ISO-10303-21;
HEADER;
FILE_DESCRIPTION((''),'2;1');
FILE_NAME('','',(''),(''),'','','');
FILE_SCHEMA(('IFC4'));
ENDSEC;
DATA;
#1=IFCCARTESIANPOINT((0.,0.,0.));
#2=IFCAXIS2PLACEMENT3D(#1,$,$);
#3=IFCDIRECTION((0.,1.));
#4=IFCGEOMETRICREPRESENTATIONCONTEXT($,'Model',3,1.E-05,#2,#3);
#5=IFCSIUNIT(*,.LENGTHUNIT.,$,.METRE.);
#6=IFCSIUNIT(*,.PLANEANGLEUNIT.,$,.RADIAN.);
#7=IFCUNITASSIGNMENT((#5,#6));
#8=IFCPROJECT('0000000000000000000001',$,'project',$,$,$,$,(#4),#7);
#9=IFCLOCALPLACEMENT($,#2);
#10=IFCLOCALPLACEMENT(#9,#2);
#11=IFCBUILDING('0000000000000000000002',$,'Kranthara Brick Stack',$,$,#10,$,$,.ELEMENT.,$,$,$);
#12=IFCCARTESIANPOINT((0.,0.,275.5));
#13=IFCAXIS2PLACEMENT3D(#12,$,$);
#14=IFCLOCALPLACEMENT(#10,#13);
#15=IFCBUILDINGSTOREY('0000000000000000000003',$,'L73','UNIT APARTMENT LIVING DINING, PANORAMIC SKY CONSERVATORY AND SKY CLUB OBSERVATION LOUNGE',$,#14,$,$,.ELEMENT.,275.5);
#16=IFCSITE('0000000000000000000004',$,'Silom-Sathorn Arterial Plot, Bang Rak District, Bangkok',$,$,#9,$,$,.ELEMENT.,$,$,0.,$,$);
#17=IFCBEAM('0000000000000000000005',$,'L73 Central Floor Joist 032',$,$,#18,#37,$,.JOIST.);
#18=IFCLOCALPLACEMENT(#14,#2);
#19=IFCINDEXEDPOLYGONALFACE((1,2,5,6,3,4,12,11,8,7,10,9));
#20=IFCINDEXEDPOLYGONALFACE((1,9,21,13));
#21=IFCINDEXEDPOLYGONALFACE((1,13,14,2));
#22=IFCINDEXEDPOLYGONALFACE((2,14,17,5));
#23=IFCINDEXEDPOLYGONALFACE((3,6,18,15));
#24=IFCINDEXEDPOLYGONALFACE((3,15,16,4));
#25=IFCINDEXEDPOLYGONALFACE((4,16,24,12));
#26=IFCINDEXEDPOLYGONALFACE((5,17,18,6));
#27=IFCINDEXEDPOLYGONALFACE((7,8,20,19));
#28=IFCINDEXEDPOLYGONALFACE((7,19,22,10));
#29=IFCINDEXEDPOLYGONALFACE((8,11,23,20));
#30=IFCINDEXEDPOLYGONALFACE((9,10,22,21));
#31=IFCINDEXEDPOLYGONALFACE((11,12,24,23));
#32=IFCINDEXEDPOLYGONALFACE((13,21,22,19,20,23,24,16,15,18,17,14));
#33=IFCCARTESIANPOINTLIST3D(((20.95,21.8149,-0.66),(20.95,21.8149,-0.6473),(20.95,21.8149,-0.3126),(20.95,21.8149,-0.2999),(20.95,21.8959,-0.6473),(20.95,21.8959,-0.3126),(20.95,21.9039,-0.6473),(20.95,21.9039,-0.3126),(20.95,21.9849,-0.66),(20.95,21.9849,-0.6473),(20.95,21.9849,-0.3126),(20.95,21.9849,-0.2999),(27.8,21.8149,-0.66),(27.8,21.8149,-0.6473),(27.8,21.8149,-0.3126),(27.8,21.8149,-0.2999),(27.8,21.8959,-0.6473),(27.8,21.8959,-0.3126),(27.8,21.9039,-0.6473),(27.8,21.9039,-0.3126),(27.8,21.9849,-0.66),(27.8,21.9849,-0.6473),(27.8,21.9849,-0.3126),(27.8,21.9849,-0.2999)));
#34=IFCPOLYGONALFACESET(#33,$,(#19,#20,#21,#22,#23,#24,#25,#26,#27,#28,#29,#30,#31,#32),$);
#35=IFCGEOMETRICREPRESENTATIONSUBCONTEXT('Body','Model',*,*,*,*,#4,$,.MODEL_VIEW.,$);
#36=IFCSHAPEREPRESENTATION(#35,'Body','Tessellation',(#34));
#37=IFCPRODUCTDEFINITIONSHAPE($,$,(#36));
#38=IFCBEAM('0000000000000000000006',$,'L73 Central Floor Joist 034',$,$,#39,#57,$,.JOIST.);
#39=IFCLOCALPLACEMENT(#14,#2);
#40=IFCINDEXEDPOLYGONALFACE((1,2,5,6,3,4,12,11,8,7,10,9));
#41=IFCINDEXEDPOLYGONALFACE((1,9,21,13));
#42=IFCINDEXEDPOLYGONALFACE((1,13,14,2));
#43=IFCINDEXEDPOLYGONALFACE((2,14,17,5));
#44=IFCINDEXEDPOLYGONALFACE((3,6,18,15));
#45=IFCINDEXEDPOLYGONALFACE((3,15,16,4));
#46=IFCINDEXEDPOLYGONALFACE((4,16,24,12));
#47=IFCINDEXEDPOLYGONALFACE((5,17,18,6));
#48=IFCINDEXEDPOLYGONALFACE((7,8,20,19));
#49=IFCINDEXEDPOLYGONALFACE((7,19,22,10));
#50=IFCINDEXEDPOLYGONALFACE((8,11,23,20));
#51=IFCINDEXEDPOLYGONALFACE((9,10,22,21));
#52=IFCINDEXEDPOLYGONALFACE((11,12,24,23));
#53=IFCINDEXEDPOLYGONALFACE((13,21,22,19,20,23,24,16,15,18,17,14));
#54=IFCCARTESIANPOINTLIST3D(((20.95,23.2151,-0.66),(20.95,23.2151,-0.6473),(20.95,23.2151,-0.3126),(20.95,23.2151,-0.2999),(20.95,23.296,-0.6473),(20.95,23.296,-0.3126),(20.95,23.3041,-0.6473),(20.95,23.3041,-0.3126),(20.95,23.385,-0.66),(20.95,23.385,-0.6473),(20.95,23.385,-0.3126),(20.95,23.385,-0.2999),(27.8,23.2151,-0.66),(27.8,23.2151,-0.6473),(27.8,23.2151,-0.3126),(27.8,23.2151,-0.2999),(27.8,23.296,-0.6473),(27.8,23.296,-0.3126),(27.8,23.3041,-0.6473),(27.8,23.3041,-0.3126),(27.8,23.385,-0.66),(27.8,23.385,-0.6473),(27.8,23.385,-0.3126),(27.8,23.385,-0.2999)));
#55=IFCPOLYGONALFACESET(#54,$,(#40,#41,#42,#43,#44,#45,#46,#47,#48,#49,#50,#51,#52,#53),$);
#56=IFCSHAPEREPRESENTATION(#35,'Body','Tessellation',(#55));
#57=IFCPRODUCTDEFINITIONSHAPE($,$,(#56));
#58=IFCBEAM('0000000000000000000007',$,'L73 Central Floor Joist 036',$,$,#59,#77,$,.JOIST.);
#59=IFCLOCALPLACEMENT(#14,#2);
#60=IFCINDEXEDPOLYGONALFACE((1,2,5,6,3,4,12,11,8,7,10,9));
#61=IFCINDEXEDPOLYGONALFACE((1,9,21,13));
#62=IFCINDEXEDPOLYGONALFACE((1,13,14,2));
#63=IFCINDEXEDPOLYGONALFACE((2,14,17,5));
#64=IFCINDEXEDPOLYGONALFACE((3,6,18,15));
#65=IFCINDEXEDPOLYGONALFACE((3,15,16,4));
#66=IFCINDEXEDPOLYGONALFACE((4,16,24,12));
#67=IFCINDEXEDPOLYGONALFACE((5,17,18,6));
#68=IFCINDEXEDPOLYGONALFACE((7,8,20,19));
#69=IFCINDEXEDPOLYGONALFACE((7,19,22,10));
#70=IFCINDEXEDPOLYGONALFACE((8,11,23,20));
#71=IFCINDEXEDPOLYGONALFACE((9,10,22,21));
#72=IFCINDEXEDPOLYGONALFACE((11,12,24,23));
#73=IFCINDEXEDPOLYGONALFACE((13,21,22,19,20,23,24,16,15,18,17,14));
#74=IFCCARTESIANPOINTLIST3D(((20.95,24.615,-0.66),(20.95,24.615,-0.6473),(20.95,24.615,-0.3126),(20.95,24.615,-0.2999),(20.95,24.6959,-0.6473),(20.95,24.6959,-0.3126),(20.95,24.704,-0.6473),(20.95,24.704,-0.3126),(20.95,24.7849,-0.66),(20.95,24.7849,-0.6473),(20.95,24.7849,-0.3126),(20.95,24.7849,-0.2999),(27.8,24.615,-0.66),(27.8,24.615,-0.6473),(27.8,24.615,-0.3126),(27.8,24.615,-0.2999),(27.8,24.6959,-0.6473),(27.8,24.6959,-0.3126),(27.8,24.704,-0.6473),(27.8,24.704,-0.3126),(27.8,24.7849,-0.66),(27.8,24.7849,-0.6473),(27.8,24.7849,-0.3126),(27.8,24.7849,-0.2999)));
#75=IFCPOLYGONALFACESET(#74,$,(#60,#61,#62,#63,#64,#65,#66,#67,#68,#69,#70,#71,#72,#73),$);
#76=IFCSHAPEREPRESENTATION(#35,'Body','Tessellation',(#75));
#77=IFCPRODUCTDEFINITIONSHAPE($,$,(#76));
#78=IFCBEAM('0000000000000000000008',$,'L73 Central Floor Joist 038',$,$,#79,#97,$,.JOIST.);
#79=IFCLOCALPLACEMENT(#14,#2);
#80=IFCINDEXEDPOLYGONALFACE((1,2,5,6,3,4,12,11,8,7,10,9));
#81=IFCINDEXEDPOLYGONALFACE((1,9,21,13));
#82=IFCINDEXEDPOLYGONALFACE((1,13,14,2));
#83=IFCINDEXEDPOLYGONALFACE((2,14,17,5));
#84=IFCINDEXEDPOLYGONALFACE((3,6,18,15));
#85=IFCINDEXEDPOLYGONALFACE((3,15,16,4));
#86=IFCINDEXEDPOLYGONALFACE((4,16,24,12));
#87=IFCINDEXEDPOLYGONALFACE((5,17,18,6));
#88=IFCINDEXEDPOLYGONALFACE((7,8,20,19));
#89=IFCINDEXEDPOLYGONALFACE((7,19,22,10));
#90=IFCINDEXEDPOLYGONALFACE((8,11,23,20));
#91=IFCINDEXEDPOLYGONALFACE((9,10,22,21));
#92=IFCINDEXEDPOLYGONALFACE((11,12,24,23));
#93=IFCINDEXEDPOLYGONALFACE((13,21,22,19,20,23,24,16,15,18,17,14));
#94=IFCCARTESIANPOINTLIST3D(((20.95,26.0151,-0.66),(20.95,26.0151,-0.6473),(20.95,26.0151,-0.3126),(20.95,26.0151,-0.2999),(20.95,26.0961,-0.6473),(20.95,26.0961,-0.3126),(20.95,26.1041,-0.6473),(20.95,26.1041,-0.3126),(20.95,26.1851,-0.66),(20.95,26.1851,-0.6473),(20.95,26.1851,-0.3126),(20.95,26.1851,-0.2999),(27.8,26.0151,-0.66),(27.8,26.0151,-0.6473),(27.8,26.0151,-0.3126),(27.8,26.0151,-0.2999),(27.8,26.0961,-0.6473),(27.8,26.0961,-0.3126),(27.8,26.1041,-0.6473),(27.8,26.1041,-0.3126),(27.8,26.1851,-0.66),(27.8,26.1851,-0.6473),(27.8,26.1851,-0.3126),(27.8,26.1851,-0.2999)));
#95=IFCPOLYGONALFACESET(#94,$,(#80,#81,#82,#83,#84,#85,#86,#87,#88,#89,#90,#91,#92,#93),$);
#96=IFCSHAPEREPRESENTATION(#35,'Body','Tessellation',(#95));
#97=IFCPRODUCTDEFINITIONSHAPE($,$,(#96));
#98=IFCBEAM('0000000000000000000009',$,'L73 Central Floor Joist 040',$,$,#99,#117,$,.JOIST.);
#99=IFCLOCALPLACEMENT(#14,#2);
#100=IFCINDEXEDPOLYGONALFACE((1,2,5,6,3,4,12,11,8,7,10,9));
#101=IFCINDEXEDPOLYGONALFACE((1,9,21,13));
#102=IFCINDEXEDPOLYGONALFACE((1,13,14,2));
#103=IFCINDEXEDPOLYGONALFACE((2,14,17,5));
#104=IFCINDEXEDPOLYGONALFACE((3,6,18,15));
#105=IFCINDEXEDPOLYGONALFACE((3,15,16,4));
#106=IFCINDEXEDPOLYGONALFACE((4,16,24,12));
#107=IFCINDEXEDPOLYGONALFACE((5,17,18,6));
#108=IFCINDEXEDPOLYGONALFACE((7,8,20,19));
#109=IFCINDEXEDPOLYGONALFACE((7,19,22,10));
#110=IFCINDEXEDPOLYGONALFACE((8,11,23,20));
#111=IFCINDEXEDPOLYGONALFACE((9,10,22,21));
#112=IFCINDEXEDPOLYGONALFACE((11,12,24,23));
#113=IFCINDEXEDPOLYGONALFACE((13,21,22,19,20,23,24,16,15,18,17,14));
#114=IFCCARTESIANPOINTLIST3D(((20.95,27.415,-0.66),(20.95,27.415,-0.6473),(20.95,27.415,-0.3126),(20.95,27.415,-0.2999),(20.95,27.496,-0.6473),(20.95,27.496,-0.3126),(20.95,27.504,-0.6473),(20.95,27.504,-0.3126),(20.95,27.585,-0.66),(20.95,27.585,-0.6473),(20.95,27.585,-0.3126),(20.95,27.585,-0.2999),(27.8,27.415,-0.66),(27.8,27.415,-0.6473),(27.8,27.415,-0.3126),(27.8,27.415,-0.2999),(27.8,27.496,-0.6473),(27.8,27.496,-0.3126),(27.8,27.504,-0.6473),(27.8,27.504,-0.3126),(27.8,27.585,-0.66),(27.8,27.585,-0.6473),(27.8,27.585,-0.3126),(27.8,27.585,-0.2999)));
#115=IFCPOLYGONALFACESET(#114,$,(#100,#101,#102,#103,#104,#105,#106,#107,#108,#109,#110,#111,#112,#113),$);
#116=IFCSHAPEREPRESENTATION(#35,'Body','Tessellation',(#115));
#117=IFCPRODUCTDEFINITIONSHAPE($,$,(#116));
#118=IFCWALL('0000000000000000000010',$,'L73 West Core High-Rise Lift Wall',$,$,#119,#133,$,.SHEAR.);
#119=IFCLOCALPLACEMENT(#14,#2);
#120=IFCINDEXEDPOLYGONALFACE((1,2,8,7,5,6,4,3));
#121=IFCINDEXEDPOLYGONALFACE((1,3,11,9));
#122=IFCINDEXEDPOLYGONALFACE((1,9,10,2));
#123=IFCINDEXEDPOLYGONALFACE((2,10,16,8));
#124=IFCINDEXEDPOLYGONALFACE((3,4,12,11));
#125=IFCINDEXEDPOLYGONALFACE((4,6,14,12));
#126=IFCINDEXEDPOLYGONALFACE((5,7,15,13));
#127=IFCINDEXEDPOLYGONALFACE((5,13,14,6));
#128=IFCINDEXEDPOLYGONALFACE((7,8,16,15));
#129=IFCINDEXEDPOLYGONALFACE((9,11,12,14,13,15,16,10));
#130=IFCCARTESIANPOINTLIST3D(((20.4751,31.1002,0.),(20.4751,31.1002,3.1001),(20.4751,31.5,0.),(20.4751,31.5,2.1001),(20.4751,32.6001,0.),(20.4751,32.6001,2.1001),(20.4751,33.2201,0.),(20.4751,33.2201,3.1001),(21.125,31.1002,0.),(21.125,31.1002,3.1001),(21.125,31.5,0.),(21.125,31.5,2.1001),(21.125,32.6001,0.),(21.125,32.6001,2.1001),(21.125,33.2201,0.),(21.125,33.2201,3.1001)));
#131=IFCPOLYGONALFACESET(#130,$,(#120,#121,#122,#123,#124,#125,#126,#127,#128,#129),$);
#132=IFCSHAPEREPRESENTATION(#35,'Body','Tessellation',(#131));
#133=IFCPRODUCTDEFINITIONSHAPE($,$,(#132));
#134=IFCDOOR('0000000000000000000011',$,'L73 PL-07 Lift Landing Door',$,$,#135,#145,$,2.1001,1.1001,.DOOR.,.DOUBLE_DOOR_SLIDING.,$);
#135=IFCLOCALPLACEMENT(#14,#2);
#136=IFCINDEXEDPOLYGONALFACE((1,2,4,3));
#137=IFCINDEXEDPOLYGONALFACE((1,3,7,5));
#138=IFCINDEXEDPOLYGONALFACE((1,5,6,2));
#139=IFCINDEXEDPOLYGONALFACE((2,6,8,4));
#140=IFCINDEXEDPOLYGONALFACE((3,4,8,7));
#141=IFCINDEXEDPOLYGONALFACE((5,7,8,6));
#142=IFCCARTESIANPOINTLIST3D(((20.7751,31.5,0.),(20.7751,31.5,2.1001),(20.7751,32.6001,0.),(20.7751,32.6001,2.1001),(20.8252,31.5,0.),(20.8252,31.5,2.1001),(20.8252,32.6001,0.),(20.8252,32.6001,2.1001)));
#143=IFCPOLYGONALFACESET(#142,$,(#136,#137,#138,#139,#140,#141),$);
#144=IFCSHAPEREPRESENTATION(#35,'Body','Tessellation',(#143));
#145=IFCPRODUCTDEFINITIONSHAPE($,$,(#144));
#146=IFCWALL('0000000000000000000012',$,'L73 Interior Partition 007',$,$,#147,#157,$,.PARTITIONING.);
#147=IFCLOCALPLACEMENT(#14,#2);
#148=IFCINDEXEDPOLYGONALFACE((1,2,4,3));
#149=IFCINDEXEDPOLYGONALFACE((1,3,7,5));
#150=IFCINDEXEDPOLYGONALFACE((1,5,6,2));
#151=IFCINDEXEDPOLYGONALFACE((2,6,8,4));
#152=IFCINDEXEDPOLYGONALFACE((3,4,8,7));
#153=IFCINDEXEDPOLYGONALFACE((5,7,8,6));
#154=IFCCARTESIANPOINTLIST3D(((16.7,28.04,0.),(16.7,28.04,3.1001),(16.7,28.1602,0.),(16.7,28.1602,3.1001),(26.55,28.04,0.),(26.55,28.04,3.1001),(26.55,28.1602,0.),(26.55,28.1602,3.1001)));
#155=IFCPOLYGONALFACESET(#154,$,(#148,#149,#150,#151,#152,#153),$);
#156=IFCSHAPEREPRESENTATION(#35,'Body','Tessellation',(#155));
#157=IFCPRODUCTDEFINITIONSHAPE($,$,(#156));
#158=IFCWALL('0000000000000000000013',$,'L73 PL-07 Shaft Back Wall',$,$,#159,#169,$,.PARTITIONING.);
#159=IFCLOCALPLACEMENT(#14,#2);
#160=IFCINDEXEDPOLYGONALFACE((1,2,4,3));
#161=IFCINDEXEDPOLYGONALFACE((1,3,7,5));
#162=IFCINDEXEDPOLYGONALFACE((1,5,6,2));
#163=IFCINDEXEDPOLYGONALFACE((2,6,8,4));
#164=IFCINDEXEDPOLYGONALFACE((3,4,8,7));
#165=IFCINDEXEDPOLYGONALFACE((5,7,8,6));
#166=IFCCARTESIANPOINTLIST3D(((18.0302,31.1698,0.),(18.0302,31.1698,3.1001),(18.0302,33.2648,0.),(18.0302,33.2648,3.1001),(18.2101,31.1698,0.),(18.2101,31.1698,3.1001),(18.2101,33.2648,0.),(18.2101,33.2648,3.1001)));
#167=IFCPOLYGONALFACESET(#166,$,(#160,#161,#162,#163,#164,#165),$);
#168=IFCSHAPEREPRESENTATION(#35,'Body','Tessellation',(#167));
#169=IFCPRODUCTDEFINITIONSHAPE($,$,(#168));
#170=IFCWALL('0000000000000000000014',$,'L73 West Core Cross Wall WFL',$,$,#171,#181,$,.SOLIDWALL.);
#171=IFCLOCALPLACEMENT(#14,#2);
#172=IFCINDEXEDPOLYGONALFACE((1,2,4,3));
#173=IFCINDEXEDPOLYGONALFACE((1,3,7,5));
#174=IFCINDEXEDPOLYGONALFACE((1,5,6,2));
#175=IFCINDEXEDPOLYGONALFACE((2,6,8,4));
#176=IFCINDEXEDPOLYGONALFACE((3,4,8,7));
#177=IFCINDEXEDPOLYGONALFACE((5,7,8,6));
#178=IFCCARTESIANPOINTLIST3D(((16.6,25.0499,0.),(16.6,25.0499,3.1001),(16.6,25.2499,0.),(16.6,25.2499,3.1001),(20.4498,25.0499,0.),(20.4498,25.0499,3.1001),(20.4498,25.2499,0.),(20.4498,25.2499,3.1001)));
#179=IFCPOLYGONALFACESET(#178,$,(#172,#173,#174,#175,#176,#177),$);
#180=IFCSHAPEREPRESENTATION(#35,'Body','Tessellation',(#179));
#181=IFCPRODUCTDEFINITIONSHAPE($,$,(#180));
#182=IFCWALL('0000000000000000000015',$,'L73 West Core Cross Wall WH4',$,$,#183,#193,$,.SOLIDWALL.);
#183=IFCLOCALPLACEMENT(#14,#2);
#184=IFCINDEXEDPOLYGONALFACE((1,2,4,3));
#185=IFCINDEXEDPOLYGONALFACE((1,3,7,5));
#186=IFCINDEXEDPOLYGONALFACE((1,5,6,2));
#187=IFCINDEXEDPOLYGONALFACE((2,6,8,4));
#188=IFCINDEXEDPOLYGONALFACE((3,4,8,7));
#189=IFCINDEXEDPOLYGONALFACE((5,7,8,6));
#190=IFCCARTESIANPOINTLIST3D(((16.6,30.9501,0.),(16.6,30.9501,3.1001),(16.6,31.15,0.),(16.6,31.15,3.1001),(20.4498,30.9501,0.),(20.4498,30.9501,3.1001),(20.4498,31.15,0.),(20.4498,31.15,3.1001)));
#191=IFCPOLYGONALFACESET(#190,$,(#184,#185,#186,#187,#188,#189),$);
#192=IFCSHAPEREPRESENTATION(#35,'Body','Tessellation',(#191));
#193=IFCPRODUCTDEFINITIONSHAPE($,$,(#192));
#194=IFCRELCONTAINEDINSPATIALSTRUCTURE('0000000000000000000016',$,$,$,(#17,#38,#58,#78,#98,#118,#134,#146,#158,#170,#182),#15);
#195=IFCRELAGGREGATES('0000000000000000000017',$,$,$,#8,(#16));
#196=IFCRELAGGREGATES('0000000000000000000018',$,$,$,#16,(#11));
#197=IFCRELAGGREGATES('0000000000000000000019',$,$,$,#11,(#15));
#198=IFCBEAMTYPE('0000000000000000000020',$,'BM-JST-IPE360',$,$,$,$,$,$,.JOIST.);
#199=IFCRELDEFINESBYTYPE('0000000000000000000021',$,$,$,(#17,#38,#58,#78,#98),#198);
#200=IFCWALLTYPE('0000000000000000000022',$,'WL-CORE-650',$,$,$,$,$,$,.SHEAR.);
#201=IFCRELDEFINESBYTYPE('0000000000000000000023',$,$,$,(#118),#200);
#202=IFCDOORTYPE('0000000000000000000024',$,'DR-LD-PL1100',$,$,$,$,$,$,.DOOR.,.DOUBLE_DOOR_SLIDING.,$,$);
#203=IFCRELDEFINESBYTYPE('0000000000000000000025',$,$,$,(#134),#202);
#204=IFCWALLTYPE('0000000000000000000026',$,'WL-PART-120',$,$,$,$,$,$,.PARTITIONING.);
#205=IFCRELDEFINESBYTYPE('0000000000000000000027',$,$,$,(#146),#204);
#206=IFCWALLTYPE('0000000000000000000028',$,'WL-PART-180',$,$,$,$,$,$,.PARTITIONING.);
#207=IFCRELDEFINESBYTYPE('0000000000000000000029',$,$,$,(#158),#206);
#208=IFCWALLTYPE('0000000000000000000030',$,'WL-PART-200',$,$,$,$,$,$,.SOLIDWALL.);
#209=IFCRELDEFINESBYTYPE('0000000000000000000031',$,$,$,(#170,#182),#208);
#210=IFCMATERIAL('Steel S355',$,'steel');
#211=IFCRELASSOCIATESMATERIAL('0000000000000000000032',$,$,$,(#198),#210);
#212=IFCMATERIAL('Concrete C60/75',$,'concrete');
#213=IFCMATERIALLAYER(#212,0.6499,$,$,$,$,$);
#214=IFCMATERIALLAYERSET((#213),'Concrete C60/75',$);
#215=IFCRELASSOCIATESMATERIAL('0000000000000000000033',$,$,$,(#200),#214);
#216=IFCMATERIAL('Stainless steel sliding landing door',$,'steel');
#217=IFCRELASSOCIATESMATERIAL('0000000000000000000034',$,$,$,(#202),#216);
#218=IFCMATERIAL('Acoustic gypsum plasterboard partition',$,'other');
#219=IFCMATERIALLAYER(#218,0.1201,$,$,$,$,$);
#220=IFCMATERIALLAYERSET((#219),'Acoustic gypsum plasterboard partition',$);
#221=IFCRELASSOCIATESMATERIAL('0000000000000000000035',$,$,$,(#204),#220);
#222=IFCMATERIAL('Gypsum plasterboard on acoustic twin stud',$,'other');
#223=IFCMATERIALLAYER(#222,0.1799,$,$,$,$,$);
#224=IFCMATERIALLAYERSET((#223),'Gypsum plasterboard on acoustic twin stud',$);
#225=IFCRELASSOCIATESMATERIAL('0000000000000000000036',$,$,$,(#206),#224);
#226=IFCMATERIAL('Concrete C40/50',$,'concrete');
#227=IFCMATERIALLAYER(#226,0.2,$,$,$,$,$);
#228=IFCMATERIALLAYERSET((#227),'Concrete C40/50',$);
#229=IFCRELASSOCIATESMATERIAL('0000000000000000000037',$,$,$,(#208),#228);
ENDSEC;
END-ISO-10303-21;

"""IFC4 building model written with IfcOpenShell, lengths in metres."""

from ifc_helpers import new_model, si_unit, direction, frame, frame_2d, origin, origin_2d, place, context, subcontext, project, spatial, rectangle, i_section, extrude, material, layer, layer_set, material_profile, profile_set, type_object, element, fill, save


model = new_model("IFC4")

# Units and contexts
model_context = context("Model", 3, precision=1e-05, world=origin(), true_north=direction((0.0, 1.0)))
body_context = subcontext(model_context, "Body", "Model", "MODEL_VIEW")
ifc_project = project(units=[si_unit("LENGTHUNIT", "METRE"), si_unit("PLANEANGLEUNIT", "RADIAN")], contexts=[model_context])

# Site, building, storey
site_placement = place(None, origin())
site = spatial("IfcSite", under=ifc_project, at=site_placement, Name="Silom-Sathorn Arterial Plot, Bang Rak District, Bangkok", CompositionType="ELEMENT", RefElevation=0.0)
building_placement = place(site_placement, origin())
building = spatial("IfcBuilding", under=site, at=building_placement, Name="Kranthara Brick Stack", CompositionType="ELEMENT")
storey_placement = place(building_placement, frame((0.0, 0.0, 275.5)))
storey = spatial("IfcBuildingStorey", under=building, at=storey_placement, Name="L73", Description="UNIT APARTMENT LIVING DINING, PANORAMIC SKY CONSERVATORY AND SKY CLUB OBSERVATION LOUNGE", CompositionType="ELEMENT", Elevation=275.5)

# Beams
ifc_material_1 = material(Name="Steel S355", Category="steel")
ifc_material_profile = material_profile(ifc_material_1, i_section(OverallWidth=0.1699, OverallDepth=0.3601, WebThickness=0.0081, FlangeThickness=0.0127, at=origin_2d()), Name="IPE 360")
ifc_profile_set = profile_set([ifc_material_profile], Name="Steel S355")
beam_type = type_object("IfcBeamType", Name="BM-JST-IPE360", PredefinedType="JOIST", material=ifc_profile_set)
for number, where, z_axis, x_axis, name in (
    (1, (20.95, 21.8999, -0.48), (1.0, 0.0, 0.0), (0.0, 1.0, 0.0), "L73 Central Floor Joist 032"),
    (2, (20.95, 23.3, -0.48), (1.0, 0.0, 0.0), (0.0, 1.0, 0.0), "L73 Central Floor Joist 034"),
    (3, (20.95, 24.7, -0.48), (1.0, 0.0, 0.0), (0.0, 1.0, 0.0), "L73 Central Floor Joist 036"),
    (4, (20.95, 26.1001, -0.48), (1.0, 0.0, 0.0), (0.0, 1.0, 0.0), "L73 Central Floor Joist 038"),
    (5, (20.95, 27.5, -0.48), (1.0, 0.0, 0.0), (0.0, 1.0, 0.0), "L73 Central Floor Joist 040"),
):
    element("IfcBeam", number, at=place(storey_placement, frame(where, z_axis=z_axis, x_axis=x_axis)), inside=storey, type_object=beam_type, Name=name, PredefinedType="JOIST", context=body_context, shape_type="SweptSolid", body=[
        extrude(i_section(OverallWidth=0.1699, OverallDepth=0.3601, WebThickness=0.0081, FlangeThickness=0.0127, at=origin_2d()), origin(), (0.0, 0.0, 1.0), 6.8501),
    ])

# Wall, opening, door
ifc_material_2 = material(Name="Concrete C60/75", Category="concrete")
ifc_layer_1 = layer(ifc_material_2, 0.6499)
ifc_layer_set_1 = layer_set([ifc_layer_1], Name="Concrete C60/75")
wall_type_1 = type_object("IfcWallType", Name="WL-CORE-650", PredefinedType="SHEAR", material=ifc_layer_set_1)
wall_1_placement = place(storey_placement, frame((20.8, 31.1001, 0.0), z_axis=(0.0, 0.0, 1.0), x_axis=(0.0, 1.0, 0.0)))
wall_1 = element("IfcWall", 6, at=wall_1_placement, inside=storey, type_object=wall_type_1, Name="L73 West Core High-Rise Lift Wall", PredefinedType="SHEAR", context=body_context, shape_type="SweptSolid", body=[
    extrude(rectangle(XDim=2.1199, YDim=0.6499, at=frame_2d((1.0601, 0.0))), origin(), (0.0, 0.0, 1.0), 3.1001),
])
opening_1_placement = place(wall_1_placement, frame((0.3999, 0.0, 0.0)))
opening_1 = element("IfcOpeningElement", 7, at=opening_1_placement, cuts=wall_1, PredefinedType="OPENING", context=body_context, shape_type="SweptSolid", body=[
    extrude(rectangle(XDim=1.1001, YDim=2.1001, at=frame_2d((0.55, 1.05))), frame((0.0, 0.335, 0.0), z_axis=(0.0, -1.0, 0.0), x_axis=(1.0, 0.0, 0.0)), (0.0, 0.0, 1.0), 0.6699),
])
ifc_material_3 = material(Name="Stainless steel sliding landing door", Category="steel")
door_type_1 = type_object("IfcDoorType", Name="DR-LD-PL1100", OperationType="DOUBLE_DOOR_SLIDING", PredefinedType="DOOR", material=ifc_material_3)
door_1_placement = place(opening_1_placement, origin())
door_1 = element("IfcDoor", 8, at=door_1_placement, inside=storey, type_object=door_type_1, Name="L73 PL-07 Lift Landing Door", OperationType="DOUBLE_DOOR_SLIDING", OverallHeight=2.1001, OverallWidth=1.1001, PredefinedType="DOOR", context=body_context, shape_type="SweptSolid", body=[
    extrude(rectangle(XDim=1.1001, YDim=2.1001, at=frame_2d((0.55, 1.05))), frame((0.0, 0.0249, 0.0), z_axis=(0.0, -1.0, 0.0), x_axis=(1.0, 0.0, 0.0)), (0.0, 0.0, 1.0), 0.05),
])
fill(opening_1, door_1)

# Walls
ifc_material_4 = material(Name="Acoustic gypsum plasterboard partition", Category="other")
ifc_layer_2 = layer(ifc_material_4, 0.1201)
ifc_layer_set_2 = layer_set([ifc_layer_2], Name="Acoustic gypsum plasterboard partition")
wall_type_2 = type_object("IfcWallType", Name="WL-PART-120", PredefinedType="PARTITIONING", material=ifc_layer_set_2)
wall_2_placement = place(storey_placement, frame((16.7, 28.1001, 0.0), z_axis=(0.0, 0.0, 1.0), x_axis=(1.0, 0.0, 0.0)))
element("IfcWall", 9, at=wall_2_placement, inside=storey, type_object=wall_type_2, Name="L73 Interior Partition 007", PredefinedType="PARTITIONING", context=body_context, shape_type="SweptSolid", body=[
    extrude(rectangle(XDim=9.8501, YDim=0.1201, at=frame_2d((4.925, 0.0))), origin(), (0.0, 0.0, 1.0), 3.1001),
])
ifc_material_5 = material(Name="Gypsum plasterboard on acoustic twin stud", Category="other")
ifc_layer_3 = layer(ifc_material_5, 0.1799)
ifc_layer_set_3 = layer_set([ifc_layer_3], Name="Gypsum plasterboard on acoustic twin stud")
wall_type_3 = type_object("IfcWallType", Name="WL-PART-180", PredefinedType="PARTITIONING", material=ifc_layer_set_3)
wall_3_placement = place(storey_placement, frame((18.1201, 31.1699, 0.0), z_axis=(0.0, 0.0, 1.0), x_axis=(0.0, 1.0, 0.0)))
element("IfcWall", 10, at=wall_3_placement, inside=storey, type_object=wall_type_3, Name="L73 PL-07 Shaft Back Wall", PredefinedType="PARTITIONING", context=body_context, shape_type="SweptSolid", body=[
    extrude(rectangle(XDim=2.095, YDim=0.1799, at=frame_2d((1.0474, 0.0))), origin(), (0.0, 0.0, 1.0), 3.1001),
])
ifc_material_6 = material(Name="Concrete C40/50", Category="concrete")
ifc_layer_4 = layer(ifc_material_6, 0.2)
ifc_layer_set_4 = layer_set([ifc_layer_4], Name="Concrete C40/50")
wall_type_4 = type_object("IfcWallType", Name="WL-PART-200", PredefinedType="SOLIDWALL", material=ifc_layer_set_4)
for number, where, z_axis, x_axis, name in (
    (11, (16.6001, 25.1499, 0.0), (0.0, 0.0, 1.0), (1.0, 0.0, 0.0), "L73 West Core Cross Wall WFL"),
    (12, (16.6001, 31.05, 0.0), (0.0, 0.0, 1.0), (1.0, 0.0, 0.0), "L73 West Core Cross Wall WH4"),
):
    element("IfcWall", number, at=place(storey_placement, frame(where, z_axis=z_axis, x_axis=x_axis)), inside=storey, type_object=wall_type_4, Name=name, PredefinedType="SOLIDWALL", context=body_context, shape_type="SweptSolid", body=[
        extrude(rectangle(XDim=3.8499, YDim=0.2, at=frame_2d((1.9248, 0.0))), origin(), (0.0, 0.0, 1.0), 3.1001),
    ])

save(model, "model.ifc")
